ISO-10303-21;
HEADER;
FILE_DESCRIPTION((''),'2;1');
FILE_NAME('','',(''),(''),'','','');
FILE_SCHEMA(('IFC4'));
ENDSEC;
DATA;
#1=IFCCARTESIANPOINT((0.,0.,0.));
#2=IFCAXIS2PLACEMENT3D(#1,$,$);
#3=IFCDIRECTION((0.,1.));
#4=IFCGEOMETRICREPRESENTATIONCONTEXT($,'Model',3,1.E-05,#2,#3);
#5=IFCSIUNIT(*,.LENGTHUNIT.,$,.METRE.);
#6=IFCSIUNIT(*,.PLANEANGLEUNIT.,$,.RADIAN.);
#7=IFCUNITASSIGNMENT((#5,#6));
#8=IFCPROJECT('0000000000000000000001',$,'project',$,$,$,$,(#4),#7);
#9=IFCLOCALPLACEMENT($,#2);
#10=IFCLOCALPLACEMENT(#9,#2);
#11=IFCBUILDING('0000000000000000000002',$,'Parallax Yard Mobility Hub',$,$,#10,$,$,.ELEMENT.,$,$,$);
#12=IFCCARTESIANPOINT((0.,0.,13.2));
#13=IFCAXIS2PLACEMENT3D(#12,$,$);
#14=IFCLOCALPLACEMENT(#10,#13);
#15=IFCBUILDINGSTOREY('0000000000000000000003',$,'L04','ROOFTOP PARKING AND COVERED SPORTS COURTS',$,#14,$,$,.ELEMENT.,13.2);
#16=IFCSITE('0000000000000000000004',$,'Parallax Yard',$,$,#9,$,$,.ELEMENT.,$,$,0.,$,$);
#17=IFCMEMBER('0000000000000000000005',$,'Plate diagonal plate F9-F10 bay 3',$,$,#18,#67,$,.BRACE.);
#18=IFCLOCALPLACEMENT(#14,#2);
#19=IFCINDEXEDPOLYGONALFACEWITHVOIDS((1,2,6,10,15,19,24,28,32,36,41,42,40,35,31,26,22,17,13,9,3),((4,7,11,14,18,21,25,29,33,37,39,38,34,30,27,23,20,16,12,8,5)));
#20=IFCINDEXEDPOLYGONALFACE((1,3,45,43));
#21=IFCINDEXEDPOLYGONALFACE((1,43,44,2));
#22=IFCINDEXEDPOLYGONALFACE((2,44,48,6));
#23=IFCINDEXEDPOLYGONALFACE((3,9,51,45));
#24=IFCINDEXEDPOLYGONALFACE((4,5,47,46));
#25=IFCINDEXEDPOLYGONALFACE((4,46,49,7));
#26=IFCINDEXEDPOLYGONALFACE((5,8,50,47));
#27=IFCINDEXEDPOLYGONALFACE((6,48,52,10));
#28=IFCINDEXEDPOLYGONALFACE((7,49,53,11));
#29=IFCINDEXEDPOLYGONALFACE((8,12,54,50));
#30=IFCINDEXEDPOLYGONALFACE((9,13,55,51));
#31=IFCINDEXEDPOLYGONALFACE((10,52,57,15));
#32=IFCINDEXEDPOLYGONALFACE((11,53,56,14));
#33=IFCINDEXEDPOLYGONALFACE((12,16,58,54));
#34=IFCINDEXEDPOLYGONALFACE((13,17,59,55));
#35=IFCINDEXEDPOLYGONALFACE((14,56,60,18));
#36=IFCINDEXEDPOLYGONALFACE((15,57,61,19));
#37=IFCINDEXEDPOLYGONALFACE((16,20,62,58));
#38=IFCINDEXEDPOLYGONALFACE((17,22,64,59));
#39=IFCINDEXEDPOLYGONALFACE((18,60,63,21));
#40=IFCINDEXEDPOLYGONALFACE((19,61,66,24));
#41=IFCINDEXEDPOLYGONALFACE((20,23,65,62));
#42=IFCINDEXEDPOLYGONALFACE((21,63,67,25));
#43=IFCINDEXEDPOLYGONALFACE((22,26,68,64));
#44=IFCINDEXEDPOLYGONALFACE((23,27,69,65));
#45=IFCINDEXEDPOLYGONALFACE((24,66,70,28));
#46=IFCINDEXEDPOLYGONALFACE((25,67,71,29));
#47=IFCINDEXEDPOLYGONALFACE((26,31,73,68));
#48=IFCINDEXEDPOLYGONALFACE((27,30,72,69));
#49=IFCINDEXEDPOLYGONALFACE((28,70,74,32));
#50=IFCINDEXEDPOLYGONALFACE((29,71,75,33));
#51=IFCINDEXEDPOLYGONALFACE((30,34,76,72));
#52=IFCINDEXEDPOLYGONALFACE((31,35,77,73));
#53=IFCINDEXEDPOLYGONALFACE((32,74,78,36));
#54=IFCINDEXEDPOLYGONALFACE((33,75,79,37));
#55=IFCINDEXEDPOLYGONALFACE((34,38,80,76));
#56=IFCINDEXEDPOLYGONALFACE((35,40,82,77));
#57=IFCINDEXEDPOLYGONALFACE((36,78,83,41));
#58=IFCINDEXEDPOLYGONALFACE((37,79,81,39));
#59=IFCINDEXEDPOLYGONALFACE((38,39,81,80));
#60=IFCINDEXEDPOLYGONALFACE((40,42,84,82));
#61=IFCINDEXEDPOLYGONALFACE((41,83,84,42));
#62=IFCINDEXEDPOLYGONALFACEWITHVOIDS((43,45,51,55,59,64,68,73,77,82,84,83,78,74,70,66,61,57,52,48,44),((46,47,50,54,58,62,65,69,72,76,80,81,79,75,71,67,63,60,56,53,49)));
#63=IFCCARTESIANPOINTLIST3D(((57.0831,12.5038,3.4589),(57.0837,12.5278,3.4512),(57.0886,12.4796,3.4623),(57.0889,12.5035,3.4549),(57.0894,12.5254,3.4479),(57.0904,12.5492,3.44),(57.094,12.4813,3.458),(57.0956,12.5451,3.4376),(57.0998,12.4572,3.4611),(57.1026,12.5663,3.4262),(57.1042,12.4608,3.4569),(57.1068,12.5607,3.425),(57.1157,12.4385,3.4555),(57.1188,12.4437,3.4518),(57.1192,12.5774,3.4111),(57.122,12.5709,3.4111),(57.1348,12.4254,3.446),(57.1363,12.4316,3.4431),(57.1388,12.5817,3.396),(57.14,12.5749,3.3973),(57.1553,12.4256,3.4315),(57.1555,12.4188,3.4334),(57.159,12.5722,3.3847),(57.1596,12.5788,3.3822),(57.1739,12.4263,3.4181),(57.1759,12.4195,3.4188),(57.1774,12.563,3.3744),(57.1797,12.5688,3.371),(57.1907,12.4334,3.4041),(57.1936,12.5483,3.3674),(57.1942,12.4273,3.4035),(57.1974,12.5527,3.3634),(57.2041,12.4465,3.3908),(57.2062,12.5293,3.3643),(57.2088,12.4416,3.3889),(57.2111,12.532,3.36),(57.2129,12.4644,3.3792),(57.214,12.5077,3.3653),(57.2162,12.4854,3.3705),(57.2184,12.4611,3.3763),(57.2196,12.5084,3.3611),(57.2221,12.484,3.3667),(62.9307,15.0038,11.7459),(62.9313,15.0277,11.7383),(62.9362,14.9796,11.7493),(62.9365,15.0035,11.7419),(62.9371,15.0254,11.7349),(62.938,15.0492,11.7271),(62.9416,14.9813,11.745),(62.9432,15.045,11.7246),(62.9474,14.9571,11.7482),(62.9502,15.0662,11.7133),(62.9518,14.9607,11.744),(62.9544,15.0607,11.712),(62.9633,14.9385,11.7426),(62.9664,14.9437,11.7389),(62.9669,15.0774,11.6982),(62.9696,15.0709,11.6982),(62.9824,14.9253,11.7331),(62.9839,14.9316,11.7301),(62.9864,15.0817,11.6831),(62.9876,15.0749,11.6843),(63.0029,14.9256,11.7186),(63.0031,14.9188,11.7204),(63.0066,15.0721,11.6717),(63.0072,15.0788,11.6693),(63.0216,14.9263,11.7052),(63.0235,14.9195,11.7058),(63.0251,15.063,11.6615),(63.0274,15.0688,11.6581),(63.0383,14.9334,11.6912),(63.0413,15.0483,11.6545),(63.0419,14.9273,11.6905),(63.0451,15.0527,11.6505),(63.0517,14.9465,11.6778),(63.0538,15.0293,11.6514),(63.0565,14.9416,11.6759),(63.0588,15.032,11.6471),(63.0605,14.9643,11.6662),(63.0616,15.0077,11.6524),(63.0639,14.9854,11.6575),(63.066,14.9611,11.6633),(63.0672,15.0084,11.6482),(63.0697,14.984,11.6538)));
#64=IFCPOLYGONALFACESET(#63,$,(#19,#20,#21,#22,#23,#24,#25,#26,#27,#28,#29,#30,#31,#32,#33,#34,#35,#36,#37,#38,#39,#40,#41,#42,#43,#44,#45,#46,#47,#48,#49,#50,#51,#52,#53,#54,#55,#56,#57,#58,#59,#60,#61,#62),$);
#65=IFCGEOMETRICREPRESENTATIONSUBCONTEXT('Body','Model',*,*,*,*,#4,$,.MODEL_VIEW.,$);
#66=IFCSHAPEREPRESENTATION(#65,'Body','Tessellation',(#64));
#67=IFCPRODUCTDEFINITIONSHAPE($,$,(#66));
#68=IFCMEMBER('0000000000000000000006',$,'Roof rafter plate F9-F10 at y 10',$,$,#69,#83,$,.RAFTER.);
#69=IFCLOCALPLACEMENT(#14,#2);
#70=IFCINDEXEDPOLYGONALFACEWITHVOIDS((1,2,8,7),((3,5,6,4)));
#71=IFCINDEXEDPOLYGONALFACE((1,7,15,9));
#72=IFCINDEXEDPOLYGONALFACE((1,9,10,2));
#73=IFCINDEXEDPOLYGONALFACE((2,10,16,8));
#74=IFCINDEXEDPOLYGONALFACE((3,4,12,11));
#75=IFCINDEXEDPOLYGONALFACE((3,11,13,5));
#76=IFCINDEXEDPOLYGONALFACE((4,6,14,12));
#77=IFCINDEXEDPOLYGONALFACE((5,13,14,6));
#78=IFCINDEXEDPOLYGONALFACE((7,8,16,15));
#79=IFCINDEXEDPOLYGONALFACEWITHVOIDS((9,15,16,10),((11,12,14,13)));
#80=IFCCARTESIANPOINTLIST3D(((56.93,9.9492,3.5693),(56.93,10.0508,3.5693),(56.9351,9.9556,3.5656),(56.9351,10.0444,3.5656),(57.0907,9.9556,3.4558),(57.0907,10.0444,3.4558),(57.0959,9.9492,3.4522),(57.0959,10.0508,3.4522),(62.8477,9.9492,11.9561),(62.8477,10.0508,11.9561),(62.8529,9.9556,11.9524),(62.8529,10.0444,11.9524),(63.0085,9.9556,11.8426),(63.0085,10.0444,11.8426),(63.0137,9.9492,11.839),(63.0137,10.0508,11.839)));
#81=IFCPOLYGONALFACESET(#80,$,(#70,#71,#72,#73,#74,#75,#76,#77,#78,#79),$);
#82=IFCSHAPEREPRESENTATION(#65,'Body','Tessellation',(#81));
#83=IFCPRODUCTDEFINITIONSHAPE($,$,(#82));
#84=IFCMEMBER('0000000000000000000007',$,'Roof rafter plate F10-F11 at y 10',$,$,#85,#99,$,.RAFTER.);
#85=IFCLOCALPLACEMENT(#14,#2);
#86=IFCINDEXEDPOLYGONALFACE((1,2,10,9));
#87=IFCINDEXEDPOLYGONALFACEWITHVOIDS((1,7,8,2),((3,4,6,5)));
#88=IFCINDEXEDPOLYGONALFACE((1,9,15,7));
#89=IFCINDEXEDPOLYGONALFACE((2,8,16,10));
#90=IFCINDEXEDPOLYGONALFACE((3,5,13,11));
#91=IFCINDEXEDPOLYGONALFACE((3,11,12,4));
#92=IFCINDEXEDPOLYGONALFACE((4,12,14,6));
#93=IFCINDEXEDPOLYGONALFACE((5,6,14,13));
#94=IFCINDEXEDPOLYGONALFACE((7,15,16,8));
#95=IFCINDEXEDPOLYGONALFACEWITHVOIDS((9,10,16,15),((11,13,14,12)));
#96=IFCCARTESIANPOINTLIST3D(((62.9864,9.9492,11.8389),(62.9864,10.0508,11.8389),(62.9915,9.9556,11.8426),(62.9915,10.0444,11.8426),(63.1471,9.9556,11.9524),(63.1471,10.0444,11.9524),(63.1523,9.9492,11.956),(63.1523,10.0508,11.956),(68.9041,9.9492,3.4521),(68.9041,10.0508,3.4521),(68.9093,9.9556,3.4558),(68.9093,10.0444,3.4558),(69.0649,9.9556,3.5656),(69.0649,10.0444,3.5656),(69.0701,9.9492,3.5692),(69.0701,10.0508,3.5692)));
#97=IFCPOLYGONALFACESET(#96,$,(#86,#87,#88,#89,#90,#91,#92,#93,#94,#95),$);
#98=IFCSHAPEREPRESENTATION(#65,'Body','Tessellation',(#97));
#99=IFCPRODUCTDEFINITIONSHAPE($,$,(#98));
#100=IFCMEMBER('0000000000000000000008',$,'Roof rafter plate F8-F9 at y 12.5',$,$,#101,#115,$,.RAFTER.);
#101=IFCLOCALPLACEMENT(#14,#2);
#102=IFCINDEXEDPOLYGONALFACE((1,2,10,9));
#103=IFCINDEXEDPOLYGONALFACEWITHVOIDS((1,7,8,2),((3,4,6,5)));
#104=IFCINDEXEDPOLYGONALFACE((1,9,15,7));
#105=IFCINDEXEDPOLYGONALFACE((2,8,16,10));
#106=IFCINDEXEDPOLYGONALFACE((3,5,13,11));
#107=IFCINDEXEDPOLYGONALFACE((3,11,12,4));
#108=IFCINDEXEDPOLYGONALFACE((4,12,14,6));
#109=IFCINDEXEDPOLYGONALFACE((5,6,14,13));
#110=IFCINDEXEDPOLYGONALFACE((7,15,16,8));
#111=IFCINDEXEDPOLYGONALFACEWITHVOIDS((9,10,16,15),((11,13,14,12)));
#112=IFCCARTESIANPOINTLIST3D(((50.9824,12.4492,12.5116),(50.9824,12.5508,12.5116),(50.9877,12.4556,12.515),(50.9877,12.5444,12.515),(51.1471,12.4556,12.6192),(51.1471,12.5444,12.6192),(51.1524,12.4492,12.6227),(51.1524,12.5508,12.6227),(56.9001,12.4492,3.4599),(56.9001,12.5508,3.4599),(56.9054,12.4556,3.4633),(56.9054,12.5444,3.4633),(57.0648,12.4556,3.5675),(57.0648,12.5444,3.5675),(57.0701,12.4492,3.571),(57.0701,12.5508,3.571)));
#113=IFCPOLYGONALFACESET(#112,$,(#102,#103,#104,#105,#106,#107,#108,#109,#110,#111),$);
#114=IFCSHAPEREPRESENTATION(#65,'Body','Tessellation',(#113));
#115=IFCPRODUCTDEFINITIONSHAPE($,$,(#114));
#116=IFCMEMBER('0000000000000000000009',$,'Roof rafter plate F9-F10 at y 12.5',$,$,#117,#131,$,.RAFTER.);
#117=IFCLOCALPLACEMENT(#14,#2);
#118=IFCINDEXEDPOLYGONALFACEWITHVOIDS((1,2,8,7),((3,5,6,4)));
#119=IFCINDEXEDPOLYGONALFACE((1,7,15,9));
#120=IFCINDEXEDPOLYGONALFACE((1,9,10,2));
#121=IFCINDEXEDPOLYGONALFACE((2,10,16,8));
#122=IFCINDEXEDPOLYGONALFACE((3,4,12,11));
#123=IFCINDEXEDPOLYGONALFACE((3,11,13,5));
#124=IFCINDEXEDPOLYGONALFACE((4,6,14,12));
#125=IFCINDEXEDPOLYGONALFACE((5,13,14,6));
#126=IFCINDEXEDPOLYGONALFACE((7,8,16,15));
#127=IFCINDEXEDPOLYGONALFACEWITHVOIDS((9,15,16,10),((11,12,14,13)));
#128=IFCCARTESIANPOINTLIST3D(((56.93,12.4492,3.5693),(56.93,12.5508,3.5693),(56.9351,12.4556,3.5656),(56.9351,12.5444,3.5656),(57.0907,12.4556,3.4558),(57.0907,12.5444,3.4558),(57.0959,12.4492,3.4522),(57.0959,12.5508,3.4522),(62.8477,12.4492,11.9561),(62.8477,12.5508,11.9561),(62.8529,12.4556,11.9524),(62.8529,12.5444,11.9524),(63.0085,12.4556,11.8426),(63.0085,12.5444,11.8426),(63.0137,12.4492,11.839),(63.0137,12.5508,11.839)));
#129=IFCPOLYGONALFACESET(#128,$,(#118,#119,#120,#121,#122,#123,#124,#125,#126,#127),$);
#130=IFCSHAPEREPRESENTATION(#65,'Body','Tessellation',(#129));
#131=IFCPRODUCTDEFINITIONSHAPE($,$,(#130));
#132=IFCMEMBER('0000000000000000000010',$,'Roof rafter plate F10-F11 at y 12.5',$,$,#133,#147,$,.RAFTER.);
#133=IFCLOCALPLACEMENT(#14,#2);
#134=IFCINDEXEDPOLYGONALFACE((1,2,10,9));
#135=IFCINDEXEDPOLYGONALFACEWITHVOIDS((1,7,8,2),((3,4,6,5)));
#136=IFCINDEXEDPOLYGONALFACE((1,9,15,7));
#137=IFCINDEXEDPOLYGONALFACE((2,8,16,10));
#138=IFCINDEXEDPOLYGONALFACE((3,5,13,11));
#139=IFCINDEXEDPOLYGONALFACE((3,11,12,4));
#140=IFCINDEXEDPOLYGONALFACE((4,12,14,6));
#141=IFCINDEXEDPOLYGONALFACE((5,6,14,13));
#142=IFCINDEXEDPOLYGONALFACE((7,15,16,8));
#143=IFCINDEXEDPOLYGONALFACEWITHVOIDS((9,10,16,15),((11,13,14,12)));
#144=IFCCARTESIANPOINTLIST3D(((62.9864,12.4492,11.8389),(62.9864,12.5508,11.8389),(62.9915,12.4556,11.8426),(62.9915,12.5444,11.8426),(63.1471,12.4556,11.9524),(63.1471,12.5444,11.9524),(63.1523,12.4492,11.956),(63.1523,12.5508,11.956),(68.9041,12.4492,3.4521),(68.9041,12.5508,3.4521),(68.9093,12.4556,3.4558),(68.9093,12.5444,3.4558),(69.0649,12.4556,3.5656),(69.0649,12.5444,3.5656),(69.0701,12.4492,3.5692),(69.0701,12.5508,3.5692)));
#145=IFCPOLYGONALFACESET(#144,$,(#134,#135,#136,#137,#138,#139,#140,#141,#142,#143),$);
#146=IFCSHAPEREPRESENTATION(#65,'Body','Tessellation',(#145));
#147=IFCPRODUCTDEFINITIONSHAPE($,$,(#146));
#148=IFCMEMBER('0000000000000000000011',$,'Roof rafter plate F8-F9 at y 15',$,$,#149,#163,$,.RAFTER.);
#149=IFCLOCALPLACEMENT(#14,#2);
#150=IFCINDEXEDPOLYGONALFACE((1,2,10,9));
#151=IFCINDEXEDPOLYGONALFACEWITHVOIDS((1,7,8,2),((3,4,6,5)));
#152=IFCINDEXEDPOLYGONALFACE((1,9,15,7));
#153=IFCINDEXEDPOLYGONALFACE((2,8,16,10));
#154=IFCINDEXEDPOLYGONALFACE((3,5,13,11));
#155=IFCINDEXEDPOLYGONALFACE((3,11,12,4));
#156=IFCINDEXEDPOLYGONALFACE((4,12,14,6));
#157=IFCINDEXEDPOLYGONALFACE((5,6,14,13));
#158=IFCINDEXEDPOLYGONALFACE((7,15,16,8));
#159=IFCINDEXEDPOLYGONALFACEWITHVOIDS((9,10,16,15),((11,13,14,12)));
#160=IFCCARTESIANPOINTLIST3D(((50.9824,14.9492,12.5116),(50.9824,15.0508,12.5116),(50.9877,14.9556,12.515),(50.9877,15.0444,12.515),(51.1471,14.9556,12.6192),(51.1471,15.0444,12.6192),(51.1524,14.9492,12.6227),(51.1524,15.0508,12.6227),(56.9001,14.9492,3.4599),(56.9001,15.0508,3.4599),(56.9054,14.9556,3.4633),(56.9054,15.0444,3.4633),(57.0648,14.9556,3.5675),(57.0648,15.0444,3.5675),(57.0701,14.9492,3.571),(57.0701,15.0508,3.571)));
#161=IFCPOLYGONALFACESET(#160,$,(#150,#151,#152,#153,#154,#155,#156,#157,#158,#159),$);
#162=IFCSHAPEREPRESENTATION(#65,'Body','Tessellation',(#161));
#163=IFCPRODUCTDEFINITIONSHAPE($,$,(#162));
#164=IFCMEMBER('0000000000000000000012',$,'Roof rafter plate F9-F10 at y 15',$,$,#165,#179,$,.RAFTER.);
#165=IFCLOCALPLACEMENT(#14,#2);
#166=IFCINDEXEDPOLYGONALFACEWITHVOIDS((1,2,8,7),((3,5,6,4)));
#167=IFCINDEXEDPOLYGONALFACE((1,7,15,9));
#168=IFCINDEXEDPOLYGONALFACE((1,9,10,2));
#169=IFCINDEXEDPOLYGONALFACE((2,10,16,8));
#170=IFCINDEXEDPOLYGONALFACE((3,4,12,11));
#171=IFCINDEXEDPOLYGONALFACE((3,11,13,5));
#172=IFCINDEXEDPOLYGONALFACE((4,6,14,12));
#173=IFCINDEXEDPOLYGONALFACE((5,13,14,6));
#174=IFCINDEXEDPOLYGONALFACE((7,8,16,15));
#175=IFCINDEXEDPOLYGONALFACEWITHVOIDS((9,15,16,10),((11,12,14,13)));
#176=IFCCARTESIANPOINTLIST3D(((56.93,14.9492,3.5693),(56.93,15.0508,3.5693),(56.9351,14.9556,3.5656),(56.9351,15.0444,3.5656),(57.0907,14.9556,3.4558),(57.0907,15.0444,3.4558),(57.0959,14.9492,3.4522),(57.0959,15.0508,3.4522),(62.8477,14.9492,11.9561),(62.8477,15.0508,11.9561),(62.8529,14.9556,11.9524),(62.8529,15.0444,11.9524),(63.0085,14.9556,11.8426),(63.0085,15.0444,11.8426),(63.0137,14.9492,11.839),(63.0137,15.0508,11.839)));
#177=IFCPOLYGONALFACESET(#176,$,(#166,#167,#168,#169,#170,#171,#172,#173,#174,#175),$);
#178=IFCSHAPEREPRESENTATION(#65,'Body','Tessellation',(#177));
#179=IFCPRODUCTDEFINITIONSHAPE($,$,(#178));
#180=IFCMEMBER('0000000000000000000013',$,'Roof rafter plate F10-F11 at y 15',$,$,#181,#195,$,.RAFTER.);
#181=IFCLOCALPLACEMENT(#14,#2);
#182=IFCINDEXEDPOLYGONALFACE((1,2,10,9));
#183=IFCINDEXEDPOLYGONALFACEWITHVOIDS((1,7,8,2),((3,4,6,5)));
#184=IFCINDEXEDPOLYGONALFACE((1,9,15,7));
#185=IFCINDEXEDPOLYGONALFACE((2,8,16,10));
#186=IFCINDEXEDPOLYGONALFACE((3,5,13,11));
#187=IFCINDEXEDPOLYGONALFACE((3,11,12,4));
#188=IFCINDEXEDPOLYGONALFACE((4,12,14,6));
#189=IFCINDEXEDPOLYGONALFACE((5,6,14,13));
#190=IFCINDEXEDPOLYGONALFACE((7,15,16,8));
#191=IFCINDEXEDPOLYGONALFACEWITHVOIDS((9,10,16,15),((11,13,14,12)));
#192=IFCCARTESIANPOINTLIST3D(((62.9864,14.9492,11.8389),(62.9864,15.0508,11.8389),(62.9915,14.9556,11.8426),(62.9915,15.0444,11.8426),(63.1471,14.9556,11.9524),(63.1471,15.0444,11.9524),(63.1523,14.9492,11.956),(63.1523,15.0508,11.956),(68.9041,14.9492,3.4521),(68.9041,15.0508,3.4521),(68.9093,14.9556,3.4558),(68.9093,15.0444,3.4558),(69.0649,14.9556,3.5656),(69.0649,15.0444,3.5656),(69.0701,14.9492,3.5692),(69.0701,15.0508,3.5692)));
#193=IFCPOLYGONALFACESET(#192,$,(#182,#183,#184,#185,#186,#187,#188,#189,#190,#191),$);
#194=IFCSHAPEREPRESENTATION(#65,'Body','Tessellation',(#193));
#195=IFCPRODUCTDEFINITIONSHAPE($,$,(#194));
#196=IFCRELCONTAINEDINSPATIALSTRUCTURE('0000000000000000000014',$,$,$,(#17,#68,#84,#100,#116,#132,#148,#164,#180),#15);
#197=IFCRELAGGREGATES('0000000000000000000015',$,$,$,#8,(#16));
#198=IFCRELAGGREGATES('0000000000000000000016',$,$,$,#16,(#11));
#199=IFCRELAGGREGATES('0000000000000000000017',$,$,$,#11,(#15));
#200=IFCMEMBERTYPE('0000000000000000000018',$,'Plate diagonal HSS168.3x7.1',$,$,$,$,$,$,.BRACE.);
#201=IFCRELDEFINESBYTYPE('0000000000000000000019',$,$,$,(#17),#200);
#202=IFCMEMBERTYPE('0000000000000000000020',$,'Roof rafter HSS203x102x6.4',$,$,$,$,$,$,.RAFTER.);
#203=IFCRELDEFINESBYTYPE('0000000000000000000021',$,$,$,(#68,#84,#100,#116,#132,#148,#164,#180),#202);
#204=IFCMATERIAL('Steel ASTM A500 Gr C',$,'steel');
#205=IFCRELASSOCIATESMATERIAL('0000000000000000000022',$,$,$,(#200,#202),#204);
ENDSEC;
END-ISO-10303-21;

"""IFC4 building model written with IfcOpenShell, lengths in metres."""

from ifc_helpers import new_model, si_unit, direction, frame, origin, origin_2d, place, context, subcontext, project, spatial, hollow_rectangle, hollow_circle, extrude, material, material_profile, profile_set, type_object, element, save


model = new_model("IFC4")

# Units and contexts
model_context = context("Model", 3, precision=1e-05, world=origin(), true_north=direction((0.0, 1.0)))
body_context = subcontext(model_context, "Body", "Model", "MODEL_VIEW")
ifc_project = project(units=[si_unit("LENGTHUNIT", "METRE"), si_unit("PLANEANGLEUNIT", "RADIAN")], contexts=[model_context])

# Site, building, storey
site_placement = place(None, origin())
site = spatial("IfcSite", under=ifc_project, at=site_placement, Name="Parallax Yard", CompositionType="ELEMENT", RefElevation=0.0)
building_placement = place(site_placement, origin())
building = spatial("IfcBuilding", under=site, at=building_placement, Name="Parallax Yard Mobility Hub", CompositionType="ELEMENT")
storey_placement = place(building_placement, frame((0.0, 0.0, 13.2)))
storey = spatial("IfcBuildingStorey", under=building, at=storey_placement, Name="L04", Description="ROOFTOP PARKING AND COVERED SPORTS COURTS", CompositionType="ELEMENT", Elevation=13.2)

# Members
ifc_material_1 = material(Name="Steel ASTM A500 Gr C", Category="steel")
ifc_material_profile_1 = material_profile(ifc_material_1, hollow_circle(Radius=0.0842, WallThickness=0.0071, at=origin_2d()), Name="HSS168.3x7.1")
ifc_profile_set_1 = profile_set([ifc_material_profile_1], Name="Steel ASTM A500 Gr C")
member_type_1 = type_object("IfcMemberType", Name="Plate diagonal HSS168.3x7.1", PredefinedType="BRACE", material=ifc_profile_set_1)
member_1_placement = place(storey_placement, frame((57.1523, 12.5, 3.4111), z_axis=(0.559793, 0.239323, 0.79332), x_axis=(-0.393104, 0.919494, 0.0)))
element("IfcMember", 1, at=member_1_placement, inside=storey, type_object=member_type_1, Name="Plate diagonal plate F9-F10 bay 3", PredefinedType="BRACE", context=body_context, shape_type="SweptSolid", body=[
    extrude(hollow_circle(Radius=0.0842, WallThickness=0.0071, at=origin_2d()), origin(), (0.0, 0.0, 1.0), 10.446),
])
ifc_material_profile_2 = material_profile(ifc_material_1, hollow_rectangle(XDim=0.1016, YDim=0.2031, WallThickness=0.0063, at=origin_2d()), Name="HSS203x102x6.4")
ifc_profile_set_2 = profile_set([ifc_material_profile_2], Name="Steel ASTM A500 Gr C")
member_type_2 = type_object("IfcMemberType", Name="Roof rafter HSS203x102x6.4", PredefinedType="RAFTER", material=ifc_profile_set_2)
for number, where, z_axis, x_axis, name in (
    (2, (57.0129, 10.0, 3.5107), (0.576533, 0.0, 0.817074), (0.0, 1.0, 0.0), "Roof rafter plate F9-F10 at y 10"),
    (3, (63.0693, 10.0, 11.8975), (0.576533, 0.0, -0.817074), (0.0, 1.0, 0.0), "Roof rafter plate F10-F11 at y 10"),
):
    element("IfcMember", number, at=place(storey_placement, frame(where, z_axis=z_axis, x_axis=x_axis)), inside=storey, type_object=member_type_2, Name=name, PredefinedType="RAFTER", context=body_context, shape_type="SweptSolid", body=[
        extrude(hollow_rectangle(XDim=0.1016, YDim=0.2031, WallThickness=0.0063, at=origin_2d()), origin(), (0.0, 0.0, 1.0), 10.2644),
    ])
member_2_placement = place(storey_placement, frame((51.0674, 12.5, 12.5671), z_axis=(0.547202, 0.0, -0.837001), x_axis=(0.0, 1.0, 0.0)))
element("IfcMember", 4, at=member_2_placement, inside=storey, type_object=member_type_2, Name="Roof rafter plate F8-F9 at y 12.5", PredefinedType="RAFTER", context=body_context, shape_type="SweptSolid", body=[
    extrude(hollow_rectangle(XDim=0.1016, YDim=0.2031, WallThickness=0.0063, at=origin_2d()), origin(), (0.0, 0.0, 1.0), 10.8145),
])
for number, where, z_axis, x_axis, name in (
    (5, (57.0129, 12.5, 3.5107), (0.576533, 0.0, 0.817074), (0.0, 1.0, 0.0), "Roof rafter plate F9-F10 at y 12.5"),
    (6, (63.0693, 12.5, 11.8975), (0.576533, 0.0, -0.817074), (0.0, 1.0, 0.0), "Roof rafter plate F10-F11 at y 12.5"),
):
    element("IfcMember", number, at=place(storey_placement, frame(where, z_axis=z_axis, x_axis=x_axis)), inside=storey, type_object=member_type_2, Name=name, PredefinedType="RAFTER", context=body_context, shape_type="SweptSolid", body=[
        extrude(hollow_rectangle(XDim=0.1016, YDim=0.2031, WallThickness=0.0063, at=origin_2d()), origin(), (0.0, 0.0, 1.0), 10.2644),
    ])
member_3_placement = place(storey_placement, frame((51.0674, 15.0, 12.5671), z_axis=(0.547202, 0.0, -0.837001), x_axis=(0.0, 1.0, 0.0)))
element("IfcMember", 7, at=member_3_placement, inside=storey, type_object=member_type_2, Name="Roof rafter plate F8-F9 at y 15", PredefinedType="RAFTER", context=body_context, shape_type="SweptSolid", body=[
    extrude(hollow_rectangle(XDim=0.1016, YDim=0.2031, WallThickness=0.0063, at=origin_2d()), origin(), (0.0, 0.0, 1.0), 10.8145),
])
for number, where, z_axis, x_axis, name in (
    (8, (57.0129, 15.0, 3.5107), (0.576533, 0.0, 0.817074), (0.0, 1.0, 0.0), "Roof rafter plate F9-F10 at y 15"),
    (9, (63.0693, 15.0, 11.8975), (0.576533, 0.0, -0.817074), (0.0, 1.0, 0.0), "Roof rafter plate F10-F11 at y 15"),
):
    element("IfcMember", number, at=place(storey_placement, frame(where, z_axis=z_axis, x_axis=x_axis)), inside=storey, type_object=member_type_2, Name=name, PredefinedType="RAFTER", context=body_context, shape_type="SweptSolid", body=[
        extrude(hollow_rectangle(XDim=0.1016, YDim=0.2031, WallThickness=0.0063, at=origin_2d()), origin(), (0.0, 0.0, 1.0), 10.2644),
    ])

save(model, "model.ifc")
